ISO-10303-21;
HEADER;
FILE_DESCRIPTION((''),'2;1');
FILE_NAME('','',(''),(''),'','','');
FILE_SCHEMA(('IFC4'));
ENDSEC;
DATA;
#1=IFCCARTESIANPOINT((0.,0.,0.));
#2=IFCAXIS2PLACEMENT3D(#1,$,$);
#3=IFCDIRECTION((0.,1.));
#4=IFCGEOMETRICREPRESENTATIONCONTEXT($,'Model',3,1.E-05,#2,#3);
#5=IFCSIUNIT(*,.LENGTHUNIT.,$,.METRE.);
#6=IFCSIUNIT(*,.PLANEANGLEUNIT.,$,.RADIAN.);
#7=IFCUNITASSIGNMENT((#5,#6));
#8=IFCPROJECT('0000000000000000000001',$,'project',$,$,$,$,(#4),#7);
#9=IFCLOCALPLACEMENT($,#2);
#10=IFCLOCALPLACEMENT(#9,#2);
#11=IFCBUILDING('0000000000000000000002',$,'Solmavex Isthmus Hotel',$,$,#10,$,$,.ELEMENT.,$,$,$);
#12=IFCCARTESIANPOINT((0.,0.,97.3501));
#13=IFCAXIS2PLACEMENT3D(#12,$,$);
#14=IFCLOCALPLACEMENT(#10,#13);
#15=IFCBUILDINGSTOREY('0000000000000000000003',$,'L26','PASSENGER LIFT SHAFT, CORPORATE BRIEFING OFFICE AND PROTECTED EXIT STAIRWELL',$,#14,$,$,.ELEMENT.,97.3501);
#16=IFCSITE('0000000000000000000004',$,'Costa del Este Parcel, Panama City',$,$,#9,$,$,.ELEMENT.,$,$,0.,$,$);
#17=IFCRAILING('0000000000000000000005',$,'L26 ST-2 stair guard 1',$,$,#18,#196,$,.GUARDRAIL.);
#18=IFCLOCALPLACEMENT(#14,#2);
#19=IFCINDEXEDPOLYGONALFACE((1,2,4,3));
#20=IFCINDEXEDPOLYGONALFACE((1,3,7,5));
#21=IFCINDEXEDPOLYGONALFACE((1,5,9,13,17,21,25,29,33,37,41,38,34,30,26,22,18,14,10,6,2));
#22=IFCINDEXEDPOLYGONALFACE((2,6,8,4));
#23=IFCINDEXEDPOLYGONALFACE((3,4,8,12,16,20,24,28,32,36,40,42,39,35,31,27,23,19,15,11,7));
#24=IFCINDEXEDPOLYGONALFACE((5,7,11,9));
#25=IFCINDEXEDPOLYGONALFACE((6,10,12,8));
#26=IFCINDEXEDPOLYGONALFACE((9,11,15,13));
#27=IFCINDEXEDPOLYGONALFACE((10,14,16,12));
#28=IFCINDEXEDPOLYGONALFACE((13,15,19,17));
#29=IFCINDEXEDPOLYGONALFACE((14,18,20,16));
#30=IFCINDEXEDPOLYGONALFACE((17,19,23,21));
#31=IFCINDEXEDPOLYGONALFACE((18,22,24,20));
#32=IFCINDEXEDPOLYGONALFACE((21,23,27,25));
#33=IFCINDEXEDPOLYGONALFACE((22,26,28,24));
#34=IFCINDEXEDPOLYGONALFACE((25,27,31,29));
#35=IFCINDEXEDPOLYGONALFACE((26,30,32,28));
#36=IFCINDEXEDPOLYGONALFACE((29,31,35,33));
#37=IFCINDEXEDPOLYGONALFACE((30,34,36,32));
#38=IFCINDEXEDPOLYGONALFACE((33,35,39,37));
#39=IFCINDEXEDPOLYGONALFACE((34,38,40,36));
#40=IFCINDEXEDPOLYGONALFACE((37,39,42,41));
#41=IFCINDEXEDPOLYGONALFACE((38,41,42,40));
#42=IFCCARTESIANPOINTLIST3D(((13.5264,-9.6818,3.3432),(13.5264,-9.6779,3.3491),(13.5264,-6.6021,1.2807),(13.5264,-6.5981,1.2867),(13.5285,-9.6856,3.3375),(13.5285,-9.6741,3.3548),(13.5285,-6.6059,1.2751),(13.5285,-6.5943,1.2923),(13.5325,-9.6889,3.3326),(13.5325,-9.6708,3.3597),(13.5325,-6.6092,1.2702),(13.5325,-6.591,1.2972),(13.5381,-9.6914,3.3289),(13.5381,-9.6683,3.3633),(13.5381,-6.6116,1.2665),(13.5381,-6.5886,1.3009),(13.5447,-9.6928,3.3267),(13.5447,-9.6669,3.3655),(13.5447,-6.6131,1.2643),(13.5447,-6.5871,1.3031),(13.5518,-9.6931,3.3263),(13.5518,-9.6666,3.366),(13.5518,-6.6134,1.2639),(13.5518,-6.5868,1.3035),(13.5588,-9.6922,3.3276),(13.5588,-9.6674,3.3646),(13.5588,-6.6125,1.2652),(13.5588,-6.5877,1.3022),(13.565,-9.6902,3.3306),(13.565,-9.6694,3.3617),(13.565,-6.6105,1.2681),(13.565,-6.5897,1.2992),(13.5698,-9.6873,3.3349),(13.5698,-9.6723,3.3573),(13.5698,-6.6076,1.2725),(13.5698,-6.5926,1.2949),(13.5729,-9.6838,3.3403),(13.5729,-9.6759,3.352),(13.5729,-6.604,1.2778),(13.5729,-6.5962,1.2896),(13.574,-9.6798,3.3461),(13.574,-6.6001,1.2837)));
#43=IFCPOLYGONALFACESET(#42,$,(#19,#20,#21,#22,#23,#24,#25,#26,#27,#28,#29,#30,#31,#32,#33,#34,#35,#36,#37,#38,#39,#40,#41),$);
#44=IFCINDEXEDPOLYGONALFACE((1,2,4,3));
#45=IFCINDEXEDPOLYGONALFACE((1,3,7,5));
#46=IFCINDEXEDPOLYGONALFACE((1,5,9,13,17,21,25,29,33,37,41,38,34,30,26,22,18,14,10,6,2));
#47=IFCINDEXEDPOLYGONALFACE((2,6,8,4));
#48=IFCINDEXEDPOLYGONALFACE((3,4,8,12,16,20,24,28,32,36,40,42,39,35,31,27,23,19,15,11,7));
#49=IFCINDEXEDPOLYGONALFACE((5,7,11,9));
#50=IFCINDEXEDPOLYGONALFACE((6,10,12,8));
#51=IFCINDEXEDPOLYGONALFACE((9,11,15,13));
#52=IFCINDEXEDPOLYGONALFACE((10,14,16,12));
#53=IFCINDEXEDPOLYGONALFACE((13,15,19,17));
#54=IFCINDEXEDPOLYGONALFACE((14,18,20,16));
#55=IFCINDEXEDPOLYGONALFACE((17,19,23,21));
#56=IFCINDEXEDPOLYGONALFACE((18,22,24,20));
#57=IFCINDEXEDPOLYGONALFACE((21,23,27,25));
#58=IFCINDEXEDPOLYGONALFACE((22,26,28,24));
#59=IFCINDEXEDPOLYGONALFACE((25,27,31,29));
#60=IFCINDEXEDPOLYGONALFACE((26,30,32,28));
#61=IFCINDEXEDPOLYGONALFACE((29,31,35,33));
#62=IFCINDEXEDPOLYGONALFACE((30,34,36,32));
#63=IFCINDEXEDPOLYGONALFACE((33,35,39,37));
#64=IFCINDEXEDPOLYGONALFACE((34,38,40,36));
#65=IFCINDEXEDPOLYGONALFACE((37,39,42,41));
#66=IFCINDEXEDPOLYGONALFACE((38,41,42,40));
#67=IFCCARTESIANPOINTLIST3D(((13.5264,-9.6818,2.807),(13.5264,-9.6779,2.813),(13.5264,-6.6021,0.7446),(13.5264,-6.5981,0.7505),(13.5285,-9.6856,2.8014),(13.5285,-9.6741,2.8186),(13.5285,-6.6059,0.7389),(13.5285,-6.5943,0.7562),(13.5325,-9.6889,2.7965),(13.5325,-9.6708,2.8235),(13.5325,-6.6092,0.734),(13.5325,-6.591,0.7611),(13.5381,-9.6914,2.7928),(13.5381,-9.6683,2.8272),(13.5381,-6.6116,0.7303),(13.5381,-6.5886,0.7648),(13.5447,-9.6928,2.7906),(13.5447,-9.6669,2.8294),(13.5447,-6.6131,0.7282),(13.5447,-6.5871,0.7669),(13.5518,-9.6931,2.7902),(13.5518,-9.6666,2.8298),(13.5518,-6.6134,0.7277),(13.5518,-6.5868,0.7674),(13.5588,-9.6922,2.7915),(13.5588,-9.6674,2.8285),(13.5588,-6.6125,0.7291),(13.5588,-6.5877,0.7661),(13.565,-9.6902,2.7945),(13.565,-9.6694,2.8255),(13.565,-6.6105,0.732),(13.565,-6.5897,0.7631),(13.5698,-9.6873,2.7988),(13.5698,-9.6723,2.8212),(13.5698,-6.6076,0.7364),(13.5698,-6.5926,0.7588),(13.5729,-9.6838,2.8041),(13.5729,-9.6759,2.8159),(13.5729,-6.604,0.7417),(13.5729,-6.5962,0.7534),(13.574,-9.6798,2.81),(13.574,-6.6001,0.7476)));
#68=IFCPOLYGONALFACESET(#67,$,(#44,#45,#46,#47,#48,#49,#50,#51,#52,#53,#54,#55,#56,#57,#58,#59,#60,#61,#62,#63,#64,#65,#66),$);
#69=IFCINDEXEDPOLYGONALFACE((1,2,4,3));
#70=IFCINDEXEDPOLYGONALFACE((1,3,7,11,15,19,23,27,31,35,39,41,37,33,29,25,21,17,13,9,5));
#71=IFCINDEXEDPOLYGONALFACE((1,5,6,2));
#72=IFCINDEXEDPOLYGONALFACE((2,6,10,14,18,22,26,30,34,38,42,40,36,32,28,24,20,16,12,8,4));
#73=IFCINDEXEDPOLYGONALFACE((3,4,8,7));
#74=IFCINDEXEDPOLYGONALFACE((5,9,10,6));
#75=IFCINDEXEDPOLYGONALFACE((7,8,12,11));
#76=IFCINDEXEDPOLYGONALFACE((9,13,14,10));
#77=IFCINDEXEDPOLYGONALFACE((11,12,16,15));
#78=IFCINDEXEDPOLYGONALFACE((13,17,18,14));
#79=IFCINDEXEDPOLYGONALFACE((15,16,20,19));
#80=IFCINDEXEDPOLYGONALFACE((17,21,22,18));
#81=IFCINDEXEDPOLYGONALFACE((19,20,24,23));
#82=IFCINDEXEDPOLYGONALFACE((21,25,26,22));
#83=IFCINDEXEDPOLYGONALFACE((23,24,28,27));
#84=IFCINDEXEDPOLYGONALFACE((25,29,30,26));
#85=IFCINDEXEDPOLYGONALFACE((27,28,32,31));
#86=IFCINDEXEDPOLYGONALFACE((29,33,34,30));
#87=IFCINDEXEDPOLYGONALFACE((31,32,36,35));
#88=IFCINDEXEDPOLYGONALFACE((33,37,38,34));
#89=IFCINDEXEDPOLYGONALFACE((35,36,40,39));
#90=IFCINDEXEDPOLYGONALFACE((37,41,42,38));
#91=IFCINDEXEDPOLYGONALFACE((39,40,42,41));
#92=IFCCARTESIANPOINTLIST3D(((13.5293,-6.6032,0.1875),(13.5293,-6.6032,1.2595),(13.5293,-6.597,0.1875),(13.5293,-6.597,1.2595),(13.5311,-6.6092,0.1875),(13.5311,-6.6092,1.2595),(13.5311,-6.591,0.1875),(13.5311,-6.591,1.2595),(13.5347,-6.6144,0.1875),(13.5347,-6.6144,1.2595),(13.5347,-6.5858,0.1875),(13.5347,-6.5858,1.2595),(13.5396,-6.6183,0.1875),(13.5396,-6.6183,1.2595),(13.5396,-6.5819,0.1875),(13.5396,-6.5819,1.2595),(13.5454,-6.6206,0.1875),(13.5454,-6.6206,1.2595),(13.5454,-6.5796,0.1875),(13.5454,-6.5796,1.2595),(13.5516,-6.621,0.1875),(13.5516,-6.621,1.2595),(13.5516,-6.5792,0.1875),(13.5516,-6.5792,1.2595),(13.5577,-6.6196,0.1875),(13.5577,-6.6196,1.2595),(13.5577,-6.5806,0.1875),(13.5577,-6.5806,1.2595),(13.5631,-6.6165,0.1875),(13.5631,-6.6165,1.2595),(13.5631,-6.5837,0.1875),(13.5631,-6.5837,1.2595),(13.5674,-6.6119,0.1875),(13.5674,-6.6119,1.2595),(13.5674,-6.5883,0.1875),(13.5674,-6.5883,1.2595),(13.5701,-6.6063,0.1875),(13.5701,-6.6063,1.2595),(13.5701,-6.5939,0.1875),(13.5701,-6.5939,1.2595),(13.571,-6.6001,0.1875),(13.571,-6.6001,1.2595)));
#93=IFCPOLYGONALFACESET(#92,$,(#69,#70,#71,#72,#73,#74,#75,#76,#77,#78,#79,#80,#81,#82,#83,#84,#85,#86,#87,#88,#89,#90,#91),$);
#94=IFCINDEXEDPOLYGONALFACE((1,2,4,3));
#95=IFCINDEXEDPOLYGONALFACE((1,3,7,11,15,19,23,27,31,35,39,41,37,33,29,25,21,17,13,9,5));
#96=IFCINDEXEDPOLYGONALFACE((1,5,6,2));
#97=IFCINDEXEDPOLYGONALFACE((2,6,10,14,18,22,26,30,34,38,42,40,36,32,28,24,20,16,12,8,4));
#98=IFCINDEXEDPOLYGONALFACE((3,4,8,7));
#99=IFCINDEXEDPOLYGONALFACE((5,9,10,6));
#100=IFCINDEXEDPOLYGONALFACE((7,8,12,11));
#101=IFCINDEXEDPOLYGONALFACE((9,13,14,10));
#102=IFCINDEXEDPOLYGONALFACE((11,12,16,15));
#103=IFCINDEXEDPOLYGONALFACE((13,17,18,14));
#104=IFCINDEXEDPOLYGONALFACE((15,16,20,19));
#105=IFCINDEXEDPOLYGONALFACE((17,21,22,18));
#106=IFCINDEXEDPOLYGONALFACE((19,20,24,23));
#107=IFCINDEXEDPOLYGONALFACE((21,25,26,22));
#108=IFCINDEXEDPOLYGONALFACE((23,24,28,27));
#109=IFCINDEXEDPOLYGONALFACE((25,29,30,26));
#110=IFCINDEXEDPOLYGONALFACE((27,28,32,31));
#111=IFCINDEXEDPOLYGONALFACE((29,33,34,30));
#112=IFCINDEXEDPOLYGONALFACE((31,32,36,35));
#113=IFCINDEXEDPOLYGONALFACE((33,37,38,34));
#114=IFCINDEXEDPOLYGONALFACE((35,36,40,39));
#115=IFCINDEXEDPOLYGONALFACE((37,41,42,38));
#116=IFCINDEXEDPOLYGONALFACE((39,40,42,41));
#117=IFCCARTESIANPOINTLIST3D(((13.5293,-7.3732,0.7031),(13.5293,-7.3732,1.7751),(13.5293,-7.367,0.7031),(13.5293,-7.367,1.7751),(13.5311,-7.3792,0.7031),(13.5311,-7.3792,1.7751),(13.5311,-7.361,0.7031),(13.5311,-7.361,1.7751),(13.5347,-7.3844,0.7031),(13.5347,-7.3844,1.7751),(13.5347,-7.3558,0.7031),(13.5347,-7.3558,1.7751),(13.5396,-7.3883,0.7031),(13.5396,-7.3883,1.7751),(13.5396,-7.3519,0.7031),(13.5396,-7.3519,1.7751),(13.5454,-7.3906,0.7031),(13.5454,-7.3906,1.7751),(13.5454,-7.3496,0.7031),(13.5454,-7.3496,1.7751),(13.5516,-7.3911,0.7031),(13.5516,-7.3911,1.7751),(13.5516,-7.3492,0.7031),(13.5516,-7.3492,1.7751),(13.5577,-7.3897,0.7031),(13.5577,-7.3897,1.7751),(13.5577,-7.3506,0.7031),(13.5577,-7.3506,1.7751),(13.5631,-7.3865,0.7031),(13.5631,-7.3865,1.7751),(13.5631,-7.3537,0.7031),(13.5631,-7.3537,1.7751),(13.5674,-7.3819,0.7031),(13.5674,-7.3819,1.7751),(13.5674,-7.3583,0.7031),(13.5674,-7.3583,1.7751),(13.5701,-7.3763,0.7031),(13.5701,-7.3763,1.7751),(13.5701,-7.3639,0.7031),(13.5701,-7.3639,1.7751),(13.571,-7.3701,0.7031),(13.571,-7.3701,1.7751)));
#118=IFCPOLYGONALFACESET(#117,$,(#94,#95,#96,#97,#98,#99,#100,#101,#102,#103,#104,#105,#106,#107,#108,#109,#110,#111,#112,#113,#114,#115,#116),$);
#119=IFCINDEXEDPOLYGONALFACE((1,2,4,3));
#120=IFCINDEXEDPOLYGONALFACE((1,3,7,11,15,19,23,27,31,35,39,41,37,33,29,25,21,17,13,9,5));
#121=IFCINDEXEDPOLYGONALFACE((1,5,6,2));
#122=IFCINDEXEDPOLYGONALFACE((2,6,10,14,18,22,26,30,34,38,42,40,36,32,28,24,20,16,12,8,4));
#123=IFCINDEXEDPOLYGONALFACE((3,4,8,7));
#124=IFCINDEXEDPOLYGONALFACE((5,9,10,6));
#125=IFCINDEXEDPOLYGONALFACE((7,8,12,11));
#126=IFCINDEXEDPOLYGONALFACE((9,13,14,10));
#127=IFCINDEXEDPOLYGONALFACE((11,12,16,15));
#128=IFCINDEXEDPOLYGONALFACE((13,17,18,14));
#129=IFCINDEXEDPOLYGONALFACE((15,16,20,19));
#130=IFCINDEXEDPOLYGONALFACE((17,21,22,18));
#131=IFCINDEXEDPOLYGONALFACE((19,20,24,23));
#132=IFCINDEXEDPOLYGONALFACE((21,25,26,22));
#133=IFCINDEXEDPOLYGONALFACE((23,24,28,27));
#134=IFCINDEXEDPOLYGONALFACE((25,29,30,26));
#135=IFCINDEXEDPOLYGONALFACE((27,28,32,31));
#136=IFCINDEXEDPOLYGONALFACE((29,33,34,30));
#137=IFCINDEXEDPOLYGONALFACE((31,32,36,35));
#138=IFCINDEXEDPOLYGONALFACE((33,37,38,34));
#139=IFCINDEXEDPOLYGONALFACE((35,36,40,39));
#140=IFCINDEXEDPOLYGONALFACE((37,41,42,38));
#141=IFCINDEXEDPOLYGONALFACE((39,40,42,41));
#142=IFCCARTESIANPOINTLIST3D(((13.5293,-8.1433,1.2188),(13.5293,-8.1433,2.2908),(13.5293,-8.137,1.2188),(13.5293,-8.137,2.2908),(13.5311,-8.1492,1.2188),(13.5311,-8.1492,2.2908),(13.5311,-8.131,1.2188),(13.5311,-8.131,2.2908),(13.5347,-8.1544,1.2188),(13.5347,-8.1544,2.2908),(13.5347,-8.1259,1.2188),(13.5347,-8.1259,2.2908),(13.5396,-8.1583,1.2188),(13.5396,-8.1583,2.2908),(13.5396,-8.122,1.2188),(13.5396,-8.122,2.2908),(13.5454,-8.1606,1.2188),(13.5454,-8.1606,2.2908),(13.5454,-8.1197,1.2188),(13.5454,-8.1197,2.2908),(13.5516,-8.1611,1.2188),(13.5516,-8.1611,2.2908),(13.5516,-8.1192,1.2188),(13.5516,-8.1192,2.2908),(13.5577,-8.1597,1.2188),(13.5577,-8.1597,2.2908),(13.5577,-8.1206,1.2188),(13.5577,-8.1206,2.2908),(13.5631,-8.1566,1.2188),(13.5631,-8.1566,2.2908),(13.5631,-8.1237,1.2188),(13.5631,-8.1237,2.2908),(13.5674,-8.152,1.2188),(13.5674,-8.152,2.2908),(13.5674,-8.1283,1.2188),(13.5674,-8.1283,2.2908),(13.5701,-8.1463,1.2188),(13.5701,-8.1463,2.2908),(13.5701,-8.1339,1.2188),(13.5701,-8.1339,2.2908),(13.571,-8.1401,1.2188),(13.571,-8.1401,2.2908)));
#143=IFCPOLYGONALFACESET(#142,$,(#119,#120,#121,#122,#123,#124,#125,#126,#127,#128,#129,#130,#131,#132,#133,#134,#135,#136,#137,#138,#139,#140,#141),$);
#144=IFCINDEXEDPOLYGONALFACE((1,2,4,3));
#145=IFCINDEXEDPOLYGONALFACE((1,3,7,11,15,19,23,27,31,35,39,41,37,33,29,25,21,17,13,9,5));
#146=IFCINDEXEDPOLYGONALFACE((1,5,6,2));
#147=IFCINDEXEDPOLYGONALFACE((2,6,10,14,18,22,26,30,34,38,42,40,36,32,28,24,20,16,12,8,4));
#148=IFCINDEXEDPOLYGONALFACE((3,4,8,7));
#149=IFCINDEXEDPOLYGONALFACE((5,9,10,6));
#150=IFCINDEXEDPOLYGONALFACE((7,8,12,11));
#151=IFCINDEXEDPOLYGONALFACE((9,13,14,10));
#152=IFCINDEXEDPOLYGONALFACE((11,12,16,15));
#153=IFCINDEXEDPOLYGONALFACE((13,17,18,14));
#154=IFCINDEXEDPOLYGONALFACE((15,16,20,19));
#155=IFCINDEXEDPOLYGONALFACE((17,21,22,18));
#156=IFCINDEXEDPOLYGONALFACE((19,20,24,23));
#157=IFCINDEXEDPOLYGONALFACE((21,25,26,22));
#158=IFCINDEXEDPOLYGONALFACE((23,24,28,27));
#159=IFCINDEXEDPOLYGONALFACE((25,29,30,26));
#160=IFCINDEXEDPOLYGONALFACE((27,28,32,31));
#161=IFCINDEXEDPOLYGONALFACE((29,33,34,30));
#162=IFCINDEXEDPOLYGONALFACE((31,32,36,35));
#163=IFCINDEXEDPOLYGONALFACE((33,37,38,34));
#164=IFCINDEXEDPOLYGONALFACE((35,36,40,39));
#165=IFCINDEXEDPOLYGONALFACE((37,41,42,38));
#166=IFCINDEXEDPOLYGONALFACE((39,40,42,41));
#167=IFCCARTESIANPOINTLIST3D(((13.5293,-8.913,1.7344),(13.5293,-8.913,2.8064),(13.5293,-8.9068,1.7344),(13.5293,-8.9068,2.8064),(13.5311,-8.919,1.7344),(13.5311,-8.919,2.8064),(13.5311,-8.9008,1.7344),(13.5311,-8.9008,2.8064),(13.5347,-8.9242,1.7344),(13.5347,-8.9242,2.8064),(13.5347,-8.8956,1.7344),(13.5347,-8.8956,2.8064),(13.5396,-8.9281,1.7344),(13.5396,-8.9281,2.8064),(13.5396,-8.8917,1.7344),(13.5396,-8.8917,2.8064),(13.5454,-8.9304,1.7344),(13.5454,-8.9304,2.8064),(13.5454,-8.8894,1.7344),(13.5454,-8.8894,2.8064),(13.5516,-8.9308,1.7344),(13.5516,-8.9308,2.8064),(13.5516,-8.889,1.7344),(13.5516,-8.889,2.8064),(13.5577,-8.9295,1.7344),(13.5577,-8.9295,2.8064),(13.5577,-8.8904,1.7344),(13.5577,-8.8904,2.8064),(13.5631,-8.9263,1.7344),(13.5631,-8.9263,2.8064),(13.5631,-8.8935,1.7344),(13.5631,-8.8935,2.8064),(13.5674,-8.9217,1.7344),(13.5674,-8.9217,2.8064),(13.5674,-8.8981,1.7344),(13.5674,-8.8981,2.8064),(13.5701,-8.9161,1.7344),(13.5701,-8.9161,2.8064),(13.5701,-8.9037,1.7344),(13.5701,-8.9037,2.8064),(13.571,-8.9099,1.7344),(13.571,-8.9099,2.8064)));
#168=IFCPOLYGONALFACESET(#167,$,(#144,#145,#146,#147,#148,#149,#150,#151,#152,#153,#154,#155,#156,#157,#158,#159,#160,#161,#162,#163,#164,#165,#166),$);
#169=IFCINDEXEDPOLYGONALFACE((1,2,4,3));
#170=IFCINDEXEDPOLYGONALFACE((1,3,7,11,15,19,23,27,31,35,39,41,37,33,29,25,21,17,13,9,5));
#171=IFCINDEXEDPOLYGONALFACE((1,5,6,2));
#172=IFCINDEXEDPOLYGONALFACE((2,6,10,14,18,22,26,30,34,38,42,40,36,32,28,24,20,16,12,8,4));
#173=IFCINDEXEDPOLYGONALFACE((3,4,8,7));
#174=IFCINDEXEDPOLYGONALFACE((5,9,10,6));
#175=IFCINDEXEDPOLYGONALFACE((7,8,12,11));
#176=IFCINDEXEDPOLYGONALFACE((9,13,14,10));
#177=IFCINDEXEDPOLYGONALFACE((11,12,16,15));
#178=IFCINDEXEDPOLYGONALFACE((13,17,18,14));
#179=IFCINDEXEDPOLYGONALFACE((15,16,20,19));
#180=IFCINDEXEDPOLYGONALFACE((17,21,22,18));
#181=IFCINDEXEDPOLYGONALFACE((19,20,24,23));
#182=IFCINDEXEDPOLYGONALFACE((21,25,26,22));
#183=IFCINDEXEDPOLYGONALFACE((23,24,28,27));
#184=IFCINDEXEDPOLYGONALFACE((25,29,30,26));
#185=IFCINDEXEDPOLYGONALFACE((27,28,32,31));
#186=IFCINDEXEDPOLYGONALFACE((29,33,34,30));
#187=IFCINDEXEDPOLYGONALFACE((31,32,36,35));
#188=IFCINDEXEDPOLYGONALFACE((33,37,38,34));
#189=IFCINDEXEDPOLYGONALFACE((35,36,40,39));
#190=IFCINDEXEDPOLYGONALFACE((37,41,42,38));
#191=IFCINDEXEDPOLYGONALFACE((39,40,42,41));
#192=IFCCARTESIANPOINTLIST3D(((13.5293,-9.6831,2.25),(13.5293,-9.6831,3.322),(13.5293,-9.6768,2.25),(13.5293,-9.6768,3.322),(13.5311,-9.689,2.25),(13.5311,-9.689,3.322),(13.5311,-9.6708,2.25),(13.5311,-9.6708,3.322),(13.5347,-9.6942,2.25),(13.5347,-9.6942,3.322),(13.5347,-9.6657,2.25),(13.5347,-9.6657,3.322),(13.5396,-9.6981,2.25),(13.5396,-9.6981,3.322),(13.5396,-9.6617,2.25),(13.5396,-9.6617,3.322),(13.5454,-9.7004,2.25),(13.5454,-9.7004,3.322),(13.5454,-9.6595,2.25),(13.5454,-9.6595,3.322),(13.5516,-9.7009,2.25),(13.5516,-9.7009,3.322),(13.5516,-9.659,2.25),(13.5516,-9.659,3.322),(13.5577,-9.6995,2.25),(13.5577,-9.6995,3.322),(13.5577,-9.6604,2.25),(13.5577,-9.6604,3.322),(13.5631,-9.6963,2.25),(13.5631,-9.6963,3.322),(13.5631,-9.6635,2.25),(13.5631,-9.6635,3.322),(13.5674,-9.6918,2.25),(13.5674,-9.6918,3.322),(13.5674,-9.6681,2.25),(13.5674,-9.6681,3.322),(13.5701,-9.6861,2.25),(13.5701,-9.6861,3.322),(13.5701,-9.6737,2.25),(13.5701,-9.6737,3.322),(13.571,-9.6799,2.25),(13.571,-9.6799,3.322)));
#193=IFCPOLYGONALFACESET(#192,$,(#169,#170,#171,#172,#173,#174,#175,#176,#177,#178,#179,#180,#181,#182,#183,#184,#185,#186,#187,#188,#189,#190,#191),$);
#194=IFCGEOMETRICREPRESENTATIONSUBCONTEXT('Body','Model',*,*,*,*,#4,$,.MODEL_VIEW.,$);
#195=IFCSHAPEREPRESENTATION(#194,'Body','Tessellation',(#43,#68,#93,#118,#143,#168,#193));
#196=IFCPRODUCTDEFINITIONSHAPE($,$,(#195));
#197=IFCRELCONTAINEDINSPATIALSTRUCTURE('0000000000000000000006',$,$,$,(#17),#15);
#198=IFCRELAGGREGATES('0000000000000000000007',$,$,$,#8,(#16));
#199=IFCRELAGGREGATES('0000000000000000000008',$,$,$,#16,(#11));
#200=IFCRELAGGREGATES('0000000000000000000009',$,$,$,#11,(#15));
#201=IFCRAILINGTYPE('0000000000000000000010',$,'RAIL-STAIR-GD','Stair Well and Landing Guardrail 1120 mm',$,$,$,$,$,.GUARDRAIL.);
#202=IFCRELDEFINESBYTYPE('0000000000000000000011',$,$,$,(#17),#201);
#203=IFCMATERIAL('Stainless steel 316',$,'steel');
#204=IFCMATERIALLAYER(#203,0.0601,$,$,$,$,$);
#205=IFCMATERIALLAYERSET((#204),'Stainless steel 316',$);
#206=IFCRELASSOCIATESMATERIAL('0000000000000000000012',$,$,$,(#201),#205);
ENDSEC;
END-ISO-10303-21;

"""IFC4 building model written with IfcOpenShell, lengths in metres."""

from ifc_helpers import new_model, si_unit, direction, frame, origin, origin_2d, place, context, subcontext, project, spatial, circle, extrude, material, layer, layer_set, type_object, element, save


model = new_model("IFC4")

# Units and contexts
model_context = context("Model", 3, precision=1e-05, world=origin(), true_north=direction((0.0, 1.0)))
body_context = subcontext(model_context, "Body", "Model", "MODEL_VIEW")
ifc_project = project(units=[si_unit("LENGTHUNIT", "METRE"), si_unit("PLANEANGLEUNIT", "RADIAN")], contexts=[model_context])

# Site, building, storey
site_placement = place(None, origin())
site = spatial("IfcSite", under=ifc_project, at=site_placement, Name="Costa del Este Parcel, Panama City", CompositionType="ELEMENT", RefElevation=0.0)
building_placement = place(site_placement, origin())
building = spatial("IfcBuilding", under=site, at=building_placement, Name="Solmavex Isthmus Hotel", CompositionType="ELEMENT")
storey_placement = place(building_placement, frame((0.0, 0.0, 97.3501)))
storey = spatial("IfcBuildingStorey", under=building, at=storey_placement, Name="L26", Description="PASSENGER LIFT SHAFT, CORPORATE BRIEFING OFFICE AND PROTECTED EXIT STAIRWELL", CompositionType="ELEMENT", Elevation=97.3501)

# Shared definitions
ifc_material_1 = material(Name="Stainless steel 316", Category="steel")

# Railing
ifc_layer_1 = layer(ifc_material_1, 0.0601)
ifc_layer_set_1 = layer_set([ifc_layer_1], Name="Stainless steel 316")
railing_type_1 = type_object("IfcRailingType", Name="RAIL-STAIR-GD", Description="Stair Well and Landing Guardrail 1120 mm", PredefinedType="GUARDRAIL", material=ifc_layer_set_1)
railing_1_placement = place(storey_placement, frame((13.55, -6.6001, 0.1875)))
element("IfcRailing", 1, at=railing_1_placement, inside=storey, type_object=railing_type_1, Name="L26 ST-2 stair guard 1", PredefinedType="GUARDRAIL", context=body_context, shape_type="SweptSolid", body=[
    extrude(circle(Radius=0.0239, at=origin_2d()), frame((0.0, 0.0, 1.0962), z_axis=(0.0, -0.830893, 0.556432), x_axis=(1.0, 0.0, 0.0)), (0.0, 0.0, 1.0), 3.7065),
    extrude(circle(Radius=0.0239, at=origin_2d()), frame((0.0, 0.0, 0.5601), z_axis=(0.0, -0.830893, 0.556432), x_axis=(1.0, 0.0, 0.0)), (0.0, 0.0, 1.0), 3.7065),
    extrude(circle(Radius=0.021, at=origin_2d()), origin(), (0.0, 0.0, 1.0), 1.072),
    extrude(circle(Radius=0.021, at=origin_2d()), frame((0.0, -0.77, 0.5156)), (0.0, 0.0, 1.0), 1.072),
    extrude(circle(Radius=0.021, at=origin_2d()), frame((0.0, -1.54, 1.0312)), (0.0, 0.0, 1.0), 1.072),
    extrude(circle(Radius=0.021, at=origin_2d()), frame((0.0, -2.3098, 1.5469)), (0.0, 0.0, 1.0), 1.072),
    extrude(circle(Radius=0.021, at=origin_2d()), frame((0.0, -3.0798, 2.0625)), (0.0, 0.0, 1.0), 1.072),
])

save(model, "model.ifc")
